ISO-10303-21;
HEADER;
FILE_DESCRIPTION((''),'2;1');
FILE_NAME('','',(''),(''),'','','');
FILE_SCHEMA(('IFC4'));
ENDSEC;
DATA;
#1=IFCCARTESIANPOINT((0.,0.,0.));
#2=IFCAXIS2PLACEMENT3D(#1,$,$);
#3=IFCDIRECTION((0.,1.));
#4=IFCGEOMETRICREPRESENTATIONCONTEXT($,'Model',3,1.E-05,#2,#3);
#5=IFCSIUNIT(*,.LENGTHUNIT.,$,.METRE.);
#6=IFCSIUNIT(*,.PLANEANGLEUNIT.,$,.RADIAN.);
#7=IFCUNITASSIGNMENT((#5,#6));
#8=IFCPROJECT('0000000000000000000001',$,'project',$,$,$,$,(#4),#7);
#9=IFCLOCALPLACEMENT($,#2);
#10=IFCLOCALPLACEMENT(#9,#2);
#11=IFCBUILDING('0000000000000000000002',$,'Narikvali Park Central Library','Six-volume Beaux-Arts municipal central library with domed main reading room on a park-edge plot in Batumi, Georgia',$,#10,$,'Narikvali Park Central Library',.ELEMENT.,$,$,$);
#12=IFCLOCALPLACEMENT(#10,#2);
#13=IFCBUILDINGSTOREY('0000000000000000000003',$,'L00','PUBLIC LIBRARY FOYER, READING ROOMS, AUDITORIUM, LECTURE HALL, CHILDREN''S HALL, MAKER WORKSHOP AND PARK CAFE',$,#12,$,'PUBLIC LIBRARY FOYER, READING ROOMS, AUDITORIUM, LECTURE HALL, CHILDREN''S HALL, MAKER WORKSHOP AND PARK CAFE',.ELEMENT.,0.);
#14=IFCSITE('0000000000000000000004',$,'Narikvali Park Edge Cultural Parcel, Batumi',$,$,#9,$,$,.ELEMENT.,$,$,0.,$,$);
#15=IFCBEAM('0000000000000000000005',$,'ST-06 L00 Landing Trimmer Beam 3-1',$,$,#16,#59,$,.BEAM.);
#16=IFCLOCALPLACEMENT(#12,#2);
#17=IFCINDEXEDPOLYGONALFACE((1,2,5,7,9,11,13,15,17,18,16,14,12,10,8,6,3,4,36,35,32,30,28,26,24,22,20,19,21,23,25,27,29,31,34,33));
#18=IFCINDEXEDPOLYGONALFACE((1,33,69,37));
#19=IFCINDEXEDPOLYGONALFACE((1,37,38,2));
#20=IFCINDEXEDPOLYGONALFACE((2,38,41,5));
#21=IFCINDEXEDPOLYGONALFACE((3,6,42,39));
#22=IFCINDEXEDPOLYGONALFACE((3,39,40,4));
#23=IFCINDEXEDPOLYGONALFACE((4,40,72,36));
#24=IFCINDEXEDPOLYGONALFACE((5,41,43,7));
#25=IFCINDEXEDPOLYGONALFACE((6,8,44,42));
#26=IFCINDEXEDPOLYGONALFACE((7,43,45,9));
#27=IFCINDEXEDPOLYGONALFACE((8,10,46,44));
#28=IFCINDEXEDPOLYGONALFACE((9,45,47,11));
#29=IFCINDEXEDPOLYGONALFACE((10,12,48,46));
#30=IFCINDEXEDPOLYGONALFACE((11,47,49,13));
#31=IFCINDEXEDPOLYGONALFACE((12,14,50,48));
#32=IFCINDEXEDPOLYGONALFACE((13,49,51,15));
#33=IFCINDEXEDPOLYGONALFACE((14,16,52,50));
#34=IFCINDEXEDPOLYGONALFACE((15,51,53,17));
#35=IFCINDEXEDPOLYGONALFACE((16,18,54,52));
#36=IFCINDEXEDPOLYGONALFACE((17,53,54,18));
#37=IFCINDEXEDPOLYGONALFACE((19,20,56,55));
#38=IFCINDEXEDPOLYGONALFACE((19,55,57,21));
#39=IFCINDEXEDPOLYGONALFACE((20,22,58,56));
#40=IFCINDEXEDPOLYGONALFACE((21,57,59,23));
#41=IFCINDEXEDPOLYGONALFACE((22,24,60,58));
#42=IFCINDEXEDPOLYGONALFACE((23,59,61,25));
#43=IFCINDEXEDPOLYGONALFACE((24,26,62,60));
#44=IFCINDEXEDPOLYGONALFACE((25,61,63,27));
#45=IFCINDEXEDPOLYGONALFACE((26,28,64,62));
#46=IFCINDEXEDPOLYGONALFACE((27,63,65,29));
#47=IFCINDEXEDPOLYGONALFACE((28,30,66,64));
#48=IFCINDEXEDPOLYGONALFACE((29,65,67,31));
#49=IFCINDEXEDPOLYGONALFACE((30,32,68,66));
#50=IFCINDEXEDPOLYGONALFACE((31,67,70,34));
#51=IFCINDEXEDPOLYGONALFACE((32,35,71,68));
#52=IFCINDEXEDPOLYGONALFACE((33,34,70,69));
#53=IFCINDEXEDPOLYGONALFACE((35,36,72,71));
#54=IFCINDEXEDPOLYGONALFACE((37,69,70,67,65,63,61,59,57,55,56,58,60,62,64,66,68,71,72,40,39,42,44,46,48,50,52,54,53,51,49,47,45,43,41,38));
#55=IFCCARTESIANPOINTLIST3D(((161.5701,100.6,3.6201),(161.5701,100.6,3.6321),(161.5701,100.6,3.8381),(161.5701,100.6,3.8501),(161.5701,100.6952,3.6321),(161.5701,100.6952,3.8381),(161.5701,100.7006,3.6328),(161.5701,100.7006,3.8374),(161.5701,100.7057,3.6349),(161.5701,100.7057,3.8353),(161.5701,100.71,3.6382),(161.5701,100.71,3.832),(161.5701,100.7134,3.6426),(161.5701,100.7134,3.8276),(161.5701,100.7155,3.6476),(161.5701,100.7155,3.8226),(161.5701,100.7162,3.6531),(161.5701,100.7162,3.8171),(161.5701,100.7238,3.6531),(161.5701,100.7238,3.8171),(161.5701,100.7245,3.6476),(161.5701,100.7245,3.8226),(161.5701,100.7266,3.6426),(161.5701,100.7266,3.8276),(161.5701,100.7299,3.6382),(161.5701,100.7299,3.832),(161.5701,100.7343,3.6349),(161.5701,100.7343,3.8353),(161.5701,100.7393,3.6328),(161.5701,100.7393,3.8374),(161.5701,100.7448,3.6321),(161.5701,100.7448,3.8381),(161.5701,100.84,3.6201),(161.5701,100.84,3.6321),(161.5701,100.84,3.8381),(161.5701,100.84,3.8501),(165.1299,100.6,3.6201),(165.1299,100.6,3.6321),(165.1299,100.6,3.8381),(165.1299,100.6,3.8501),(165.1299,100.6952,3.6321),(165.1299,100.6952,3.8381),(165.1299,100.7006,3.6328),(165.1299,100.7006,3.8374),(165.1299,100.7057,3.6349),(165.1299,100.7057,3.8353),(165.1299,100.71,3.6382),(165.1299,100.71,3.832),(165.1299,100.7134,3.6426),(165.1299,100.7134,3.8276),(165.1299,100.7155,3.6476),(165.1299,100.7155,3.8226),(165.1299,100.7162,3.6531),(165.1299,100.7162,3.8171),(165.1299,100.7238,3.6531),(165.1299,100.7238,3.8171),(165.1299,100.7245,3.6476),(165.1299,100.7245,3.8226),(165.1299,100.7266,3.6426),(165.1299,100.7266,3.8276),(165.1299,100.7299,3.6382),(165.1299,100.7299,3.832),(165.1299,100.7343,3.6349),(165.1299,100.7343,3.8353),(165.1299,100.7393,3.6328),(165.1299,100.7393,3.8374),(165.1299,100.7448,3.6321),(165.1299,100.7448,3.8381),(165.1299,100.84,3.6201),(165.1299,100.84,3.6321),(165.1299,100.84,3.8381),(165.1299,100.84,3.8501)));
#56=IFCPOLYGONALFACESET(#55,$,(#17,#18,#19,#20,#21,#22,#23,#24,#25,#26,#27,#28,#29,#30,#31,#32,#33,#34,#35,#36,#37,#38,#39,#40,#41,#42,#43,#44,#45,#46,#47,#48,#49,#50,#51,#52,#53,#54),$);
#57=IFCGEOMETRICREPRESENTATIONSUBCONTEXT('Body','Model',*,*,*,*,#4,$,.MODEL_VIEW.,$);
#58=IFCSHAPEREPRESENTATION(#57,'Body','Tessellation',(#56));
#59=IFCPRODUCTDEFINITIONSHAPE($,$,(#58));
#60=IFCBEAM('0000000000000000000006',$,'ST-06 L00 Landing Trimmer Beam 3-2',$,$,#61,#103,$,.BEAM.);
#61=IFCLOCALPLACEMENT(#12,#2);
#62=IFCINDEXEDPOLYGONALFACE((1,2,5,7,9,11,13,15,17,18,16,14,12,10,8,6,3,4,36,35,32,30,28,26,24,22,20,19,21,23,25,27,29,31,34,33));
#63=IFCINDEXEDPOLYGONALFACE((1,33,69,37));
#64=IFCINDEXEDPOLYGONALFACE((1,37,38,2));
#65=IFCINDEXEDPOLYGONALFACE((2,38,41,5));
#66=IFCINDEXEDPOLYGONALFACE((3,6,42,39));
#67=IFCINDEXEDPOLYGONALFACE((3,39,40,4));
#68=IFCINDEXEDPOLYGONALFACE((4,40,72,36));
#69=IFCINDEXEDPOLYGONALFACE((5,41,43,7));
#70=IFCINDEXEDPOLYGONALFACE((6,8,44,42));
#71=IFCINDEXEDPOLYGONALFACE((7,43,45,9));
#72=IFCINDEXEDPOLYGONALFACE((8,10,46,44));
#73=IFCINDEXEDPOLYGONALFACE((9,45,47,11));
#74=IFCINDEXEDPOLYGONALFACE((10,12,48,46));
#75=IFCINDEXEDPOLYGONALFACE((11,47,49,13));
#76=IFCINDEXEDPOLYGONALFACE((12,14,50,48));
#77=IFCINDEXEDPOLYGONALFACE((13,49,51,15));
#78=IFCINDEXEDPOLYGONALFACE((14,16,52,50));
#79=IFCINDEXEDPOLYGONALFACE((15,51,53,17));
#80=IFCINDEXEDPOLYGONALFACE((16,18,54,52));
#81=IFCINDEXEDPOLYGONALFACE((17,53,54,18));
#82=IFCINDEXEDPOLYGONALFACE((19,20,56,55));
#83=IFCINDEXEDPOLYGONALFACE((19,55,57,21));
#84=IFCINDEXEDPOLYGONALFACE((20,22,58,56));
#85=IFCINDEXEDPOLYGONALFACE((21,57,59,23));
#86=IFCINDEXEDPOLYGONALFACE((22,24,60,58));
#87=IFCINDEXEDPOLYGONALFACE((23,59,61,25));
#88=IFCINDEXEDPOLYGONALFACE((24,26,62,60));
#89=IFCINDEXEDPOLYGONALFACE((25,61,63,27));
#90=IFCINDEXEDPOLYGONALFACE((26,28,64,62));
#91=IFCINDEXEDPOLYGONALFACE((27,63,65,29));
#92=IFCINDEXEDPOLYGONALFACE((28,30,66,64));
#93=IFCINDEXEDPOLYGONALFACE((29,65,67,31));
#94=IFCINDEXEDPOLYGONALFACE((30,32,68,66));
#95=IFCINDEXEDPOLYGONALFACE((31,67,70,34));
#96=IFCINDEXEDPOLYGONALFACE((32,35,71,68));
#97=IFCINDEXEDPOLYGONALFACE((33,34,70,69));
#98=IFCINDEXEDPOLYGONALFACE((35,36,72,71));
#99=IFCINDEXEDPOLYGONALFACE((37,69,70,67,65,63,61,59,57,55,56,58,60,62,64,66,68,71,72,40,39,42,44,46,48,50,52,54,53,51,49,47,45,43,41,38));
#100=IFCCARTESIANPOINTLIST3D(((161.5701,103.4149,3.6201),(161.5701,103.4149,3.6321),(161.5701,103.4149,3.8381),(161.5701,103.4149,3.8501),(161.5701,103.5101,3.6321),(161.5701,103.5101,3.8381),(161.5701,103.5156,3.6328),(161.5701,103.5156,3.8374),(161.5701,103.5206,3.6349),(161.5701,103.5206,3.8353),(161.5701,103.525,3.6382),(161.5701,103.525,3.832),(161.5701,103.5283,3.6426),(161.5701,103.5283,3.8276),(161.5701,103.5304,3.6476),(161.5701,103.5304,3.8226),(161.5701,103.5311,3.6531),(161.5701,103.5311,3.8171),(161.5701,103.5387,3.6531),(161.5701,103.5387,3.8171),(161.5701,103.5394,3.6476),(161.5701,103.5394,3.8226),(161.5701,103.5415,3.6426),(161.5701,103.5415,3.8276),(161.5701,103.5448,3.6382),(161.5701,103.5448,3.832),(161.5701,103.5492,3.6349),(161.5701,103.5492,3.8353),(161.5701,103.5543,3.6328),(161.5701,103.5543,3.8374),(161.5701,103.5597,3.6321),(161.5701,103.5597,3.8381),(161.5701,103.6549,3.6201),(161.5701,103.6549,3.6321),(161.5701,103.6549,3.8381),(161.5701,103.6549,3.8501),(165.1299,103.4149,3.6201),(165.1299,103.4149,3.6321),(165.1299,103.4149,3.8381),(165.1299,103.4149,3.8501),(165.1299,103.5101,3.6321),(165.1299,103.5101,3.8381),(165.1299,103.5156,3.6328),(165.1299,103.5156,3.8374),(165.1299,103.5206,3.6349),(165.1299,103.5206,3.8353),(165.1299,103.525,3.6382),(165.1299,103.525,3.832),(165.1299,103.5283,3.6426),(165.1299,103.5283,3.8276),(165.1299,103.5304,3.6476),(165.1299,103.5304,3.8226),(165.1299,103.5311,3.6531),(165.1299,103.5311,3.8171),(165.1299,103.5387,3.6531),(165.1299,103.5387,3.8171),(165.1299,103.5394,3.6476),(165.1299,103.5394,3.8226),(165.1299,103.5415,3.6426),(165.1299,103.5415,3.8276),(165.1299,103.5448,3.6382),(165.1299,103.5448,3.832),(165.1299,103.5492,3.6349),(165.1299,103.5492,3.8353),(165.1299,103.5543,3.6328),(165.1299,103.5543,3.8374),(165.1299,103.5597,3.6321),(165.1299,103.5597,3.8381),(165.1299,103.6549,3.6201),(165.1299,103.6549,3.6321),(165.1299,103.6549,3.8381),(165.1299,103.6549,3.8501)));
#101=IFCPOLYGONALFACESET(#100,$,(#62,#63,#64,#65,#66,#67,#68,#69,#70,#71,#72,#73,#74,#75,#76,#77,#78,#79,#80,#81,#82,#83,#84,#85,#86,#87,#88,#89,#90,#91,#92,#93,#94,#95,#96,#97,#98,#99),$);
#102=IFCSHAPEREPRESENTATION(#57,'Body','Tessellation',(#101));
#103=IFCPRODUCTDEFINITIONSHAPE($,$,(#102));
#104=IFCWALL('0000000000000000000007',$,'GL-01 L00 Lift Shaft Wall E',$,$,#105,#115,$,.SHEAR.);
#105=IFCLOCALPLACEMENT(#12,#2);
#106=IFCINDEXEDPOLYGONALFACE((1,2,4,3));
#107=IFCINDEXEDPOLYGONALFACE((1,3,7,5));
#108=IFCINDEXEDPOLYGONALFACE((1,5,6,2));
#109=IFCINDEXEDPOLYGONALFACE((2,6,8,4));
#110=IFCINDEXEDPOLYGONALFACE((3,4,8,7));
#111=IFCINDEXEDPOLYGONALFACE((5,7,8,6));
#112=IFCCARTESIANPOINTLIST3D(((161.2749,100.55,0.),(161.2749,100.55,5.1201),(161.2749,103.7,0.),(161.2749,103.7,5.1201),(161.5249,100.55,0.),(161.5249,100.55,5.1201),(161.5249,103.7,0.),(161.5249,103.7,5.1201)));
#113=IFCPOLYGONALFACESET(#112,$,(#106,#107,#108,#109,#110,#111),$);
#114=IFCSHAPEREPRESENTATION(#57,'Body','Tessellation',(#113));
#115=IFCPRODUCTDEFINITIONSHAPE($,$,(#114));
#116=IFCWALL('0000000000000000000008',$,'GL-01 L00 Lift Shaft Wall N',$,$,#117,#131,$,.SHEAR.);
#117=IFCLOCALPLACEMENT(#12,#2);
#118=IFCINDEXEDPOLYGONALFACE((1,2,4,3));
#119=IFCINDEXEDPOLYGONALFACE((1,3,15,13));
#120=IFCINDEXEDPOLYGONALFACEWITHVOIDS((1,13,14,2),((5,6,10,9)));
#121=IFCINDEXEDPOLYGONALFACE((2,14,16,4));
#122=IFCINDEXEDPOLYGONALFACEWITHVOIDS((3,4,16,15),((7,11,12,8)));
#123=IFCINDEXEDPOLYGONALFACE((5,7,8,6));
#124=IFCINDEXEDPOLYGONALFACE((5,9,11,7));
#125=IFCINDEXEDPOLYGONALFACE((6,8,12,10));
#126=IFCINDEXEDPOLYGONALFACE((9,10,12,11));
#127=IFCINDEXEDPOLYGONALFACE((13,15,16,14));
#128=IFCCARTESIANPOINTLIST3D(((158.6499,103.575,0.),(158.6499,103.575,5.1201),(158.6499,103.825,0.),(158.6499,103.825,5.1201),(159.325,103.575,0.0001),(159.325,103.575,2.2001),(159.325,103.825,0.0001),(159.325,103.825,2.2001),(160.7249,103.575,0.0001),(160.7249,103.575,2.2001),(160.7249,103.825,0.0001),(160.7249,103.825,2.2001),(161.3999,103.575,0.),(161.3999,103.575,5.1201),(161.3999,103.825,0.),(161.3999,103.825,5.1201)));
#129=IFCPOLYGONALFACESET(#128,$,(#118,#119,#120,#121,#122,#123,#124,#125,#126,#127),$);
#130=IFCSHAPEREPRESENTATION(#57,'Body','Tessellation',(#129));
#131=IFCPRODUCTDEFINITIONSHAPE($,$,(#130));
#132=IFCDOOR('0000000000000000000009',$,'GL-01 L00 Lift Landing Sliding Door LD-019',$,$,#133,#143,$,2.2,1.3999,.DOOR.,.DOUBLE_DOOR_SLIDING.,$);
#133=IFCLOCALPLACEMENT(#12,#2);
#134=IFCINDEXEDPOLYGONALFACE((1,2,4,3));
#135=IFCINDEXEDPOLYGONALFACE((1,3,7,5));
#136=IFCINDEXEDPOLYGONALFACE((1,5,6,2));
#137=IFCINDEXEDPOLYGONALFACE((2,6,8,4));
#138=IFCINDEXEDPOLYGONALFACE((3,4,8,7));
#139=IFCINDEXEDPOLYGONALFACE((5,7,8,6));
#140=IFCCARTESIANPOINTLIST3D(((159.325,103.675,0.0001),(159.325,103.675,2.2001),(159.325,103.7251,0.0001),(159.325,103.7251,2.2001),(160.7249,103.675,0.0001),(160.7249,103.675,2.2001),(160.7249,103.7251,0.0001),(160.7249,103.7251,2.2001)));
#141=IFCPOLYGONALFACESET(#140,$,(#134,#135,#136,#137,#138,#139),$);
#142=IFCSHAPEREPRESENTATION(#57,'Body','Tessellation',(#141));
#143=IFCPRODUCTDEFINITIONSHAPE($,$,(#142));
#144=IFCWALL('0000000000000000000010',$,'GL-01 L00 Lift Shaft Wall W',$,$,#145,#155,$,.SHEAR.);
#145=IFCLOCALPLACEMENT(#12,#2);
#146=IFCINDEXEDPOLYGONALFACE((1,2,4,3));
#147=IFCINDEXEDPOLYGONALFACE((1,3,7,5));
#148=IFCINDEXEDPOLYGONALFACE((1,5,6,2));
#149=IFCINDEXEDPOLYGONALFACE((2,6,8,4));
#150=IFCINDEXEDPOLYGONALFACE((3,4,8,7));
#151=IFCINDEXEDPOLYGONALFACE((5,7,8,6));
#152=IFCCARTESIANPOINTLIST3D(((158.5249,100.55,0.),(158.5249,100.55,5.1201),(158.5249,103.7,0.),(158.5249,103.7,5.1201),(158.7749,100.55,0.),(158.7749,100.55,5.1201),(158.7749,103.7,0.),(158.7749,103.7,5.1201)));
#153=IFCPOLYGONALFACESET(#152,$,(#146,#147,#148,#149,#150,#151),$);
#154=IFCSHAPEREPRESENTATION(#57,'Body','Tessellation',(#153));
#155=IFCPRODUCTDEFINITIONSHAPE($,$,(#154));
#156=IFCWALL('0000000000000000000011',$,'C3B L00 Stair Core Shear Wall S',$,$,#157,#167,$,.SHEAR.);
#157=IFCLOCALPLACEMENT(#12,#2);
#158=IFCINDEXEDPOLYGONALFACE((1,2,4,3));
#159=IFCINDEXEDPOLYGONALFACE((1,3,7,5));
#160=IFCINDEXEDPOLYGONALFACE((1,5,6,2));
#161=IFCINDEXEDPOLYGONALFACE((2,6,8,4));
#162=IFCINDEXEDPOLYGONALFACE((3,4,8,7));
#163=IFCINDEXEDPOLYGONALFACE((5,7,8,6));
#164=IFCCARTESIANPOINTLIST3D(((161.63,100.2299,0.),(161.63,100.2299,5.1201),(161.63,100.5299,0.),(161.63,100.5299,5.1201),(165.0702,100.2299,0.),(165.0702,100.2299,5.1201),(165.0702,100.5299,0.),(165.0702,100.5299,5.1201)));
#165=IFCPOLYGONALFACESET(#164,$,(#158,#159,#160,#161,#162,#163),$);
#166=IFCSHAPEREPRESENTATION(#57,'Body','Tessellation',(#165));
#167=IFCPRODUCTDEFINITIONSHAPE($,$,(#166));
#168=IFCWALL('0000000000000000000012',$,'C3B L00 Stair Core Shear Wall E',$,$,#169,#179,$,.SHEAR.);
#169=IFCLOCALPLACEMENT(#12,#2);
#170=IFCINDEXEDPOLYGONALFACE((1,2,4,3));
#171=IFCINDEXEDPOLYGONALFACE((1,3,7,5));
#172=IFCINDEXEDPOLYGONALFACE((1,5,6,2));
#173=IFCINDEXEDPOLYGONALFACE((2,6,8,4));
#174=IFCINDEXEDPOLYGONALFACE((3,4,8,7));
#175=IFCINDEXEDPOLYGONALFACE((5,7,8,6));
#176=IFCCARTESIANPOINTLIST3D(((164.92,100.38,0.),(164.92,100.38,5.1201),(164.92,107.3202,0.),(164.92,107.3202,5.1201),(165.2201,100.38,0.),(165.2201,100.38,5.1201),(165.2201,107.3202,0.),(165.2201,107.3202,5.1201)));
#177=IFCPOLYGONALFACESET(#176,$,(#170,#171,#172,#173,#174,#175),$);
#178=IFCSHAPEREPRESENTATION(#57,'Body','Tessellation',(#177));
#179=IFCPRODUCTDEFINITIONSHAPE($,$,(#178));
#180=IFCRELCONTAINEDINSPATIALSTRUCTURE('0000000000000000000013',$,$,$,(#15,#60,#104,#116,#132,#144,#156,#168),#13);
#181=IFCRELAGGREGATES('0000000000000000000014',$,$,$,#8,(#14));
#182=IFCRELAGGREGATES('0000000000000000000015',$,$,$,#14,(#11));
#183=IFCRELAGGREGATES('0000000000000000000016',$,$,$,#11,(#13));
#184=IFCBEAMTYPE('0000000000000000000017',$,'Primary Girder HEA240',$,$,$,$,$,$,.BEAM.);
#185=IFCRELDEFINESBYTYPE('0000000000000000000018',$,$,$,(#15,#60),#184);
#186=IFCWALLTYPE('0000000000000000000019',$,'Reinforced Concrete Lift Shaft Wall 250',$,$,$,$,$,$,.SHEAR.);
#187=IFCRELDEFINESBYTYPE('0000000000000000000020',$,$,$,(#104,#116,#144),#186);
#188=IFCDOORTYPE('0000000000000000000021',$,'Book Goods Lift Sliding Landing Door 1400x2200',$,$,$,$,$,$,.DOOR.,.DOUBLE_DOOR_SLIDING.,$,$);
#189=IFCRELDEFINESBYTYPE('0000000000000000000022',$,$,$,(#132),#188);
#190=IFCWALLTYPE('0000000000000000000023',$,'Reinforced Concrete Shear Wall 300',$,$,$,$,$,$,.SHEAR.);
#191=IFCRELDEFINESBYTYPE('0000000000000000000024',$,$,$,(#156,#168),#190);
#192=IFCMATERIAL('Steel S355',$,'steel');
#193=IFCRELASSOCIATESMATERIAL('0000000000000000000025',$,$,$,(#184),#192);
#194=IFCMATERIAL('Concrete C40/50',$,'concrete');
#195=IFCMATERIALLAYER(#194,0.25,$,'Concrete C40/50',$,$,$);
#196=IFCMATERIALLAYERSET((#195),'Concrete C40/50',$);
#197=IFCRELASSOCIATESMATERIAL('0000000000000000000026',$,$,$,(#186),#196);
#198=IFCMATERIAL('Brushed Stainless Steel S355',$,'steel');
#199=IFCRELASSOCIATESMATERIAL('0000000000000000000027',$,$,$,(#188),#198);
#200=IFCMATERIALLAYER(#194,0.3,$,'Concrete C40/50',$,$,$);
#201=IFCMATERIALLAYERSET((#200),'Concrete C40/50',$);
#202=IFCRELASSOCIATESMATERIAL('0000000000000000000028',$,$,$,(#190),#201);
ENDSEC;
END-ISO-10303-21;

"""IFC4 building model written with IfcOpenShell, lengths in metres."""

from ifc_helpers import new_model, si_unit, direction, frame, frame_2d, origin, origin_2d, place, context, subcontext, project, spatial, rectangle, i_section, extrude, material, layer, layer_set, material_profile, profile_set, type_object, element, fill, save


model = new_model("IFC4")

# Units and contexts
model_context = context("Model", 3, precision=1e-05, world=origin(), true_north=direction((0.0, 1.0)))
body_context = subcontext(model_context, "Body", "Model", "MODEL_VIEW")
ifc_project = project(units=[si_unit("LENGTHUNIT", "METRE"), si_unit("PLANEANGLEUNIT", "RADIAN")], contexts=[model_context])

# Site, building, storey
site_placement = place(None, origin())
site = spatial("IfcSite", under=ifc_project, at=site_placement, Name="Narikvali Park Edge Cultural Parcel, Batumi", CompositionType="ELEMENT", RefElevation=0.0)
building_placement = place(site_placement, origin())
building = spatial("IfcBuilding", under=site, at=building_placement, Name="Narikvali Park Central Library", Description="Six-volume Beaux-Arts municipal central library with domed main reading room on a park-edge plot in Batumi, Georgia", LongName="Narikvali Park Central Library", CompositionType="ELEMENT")
storey_placement = place(building_placement, origin())
storey = spatial("IfcBuildingStorey", under=building, at=storey_placement, Name="L00", Description="PUBLIC LIBRARY FOYER, READING ROOMS, AUDITORIUM, LECTURE HALL, CHILDREN'S HALL, MAKER WORKSHOP AND PARK CAFE", LongName="PUBLIC LIBRARY FOYER, READING ROOMS, AUDITORIUM, LECTURE HALL, CHILDREN'S HALL, MAKER WORKSHOP AND PARK CAFE", CompositionType="ELEMENT", Elevation=0.0)

# Shared definitions
ifc_material_1 = material(Name="Steel S355", Category="steel")

# Beams
ifc_material_profile_1 = material_profile(ifc_material_1, i_section(OverallWidth=0.24, OverallDepth=0.23, WebThickness=0.0076, FlangeThickness=0.012, FilletRadius=0.021, at=origin_2d()), Name="HEA 240")
ifc_profile_set_1 = profile_set([ifc_material_profile_1], Name="Steel S355")
beam_type_1 = type_object("IfcBeamType", Name="Primary Girder HEA240", PredefinedType="BEAM", material=ifc_profile_set_1)
for number, where, z_axis, x_axis, name in (
    (1, (161.5701, 100.72, 3.7351), (1.0, 0.0, 0.0), (0.0, 1.0, 0.0), "ST-06 L00 Landing Trimmer Beam 3-1"),
    (2, (161.5701, 103.5349, 3.7351), (1.0, 0.0, 0.0), (0.0, 1.0, 0.0), "ST-06 L00 Landing Trimmer Beam 3-2"),
):
    element("IfcBeam", number, at=place(storey_placement, frame(where, z_axis=z_axis, x_axis=x_axis)), inside=storey, type_object=beam_type_1, Name=name, PredefinedType="BEAM", context=body_context, shape_type="SweptSolid", body=[
        extrude(i_section(OverallWidth=0.24, OverallDepth=0.23, WebThickness=0.0076, FlangeThickness=0.012, FilletRadius=0.021, at=origin_2d()), origin(), (0.0, 0.0, 1.0), 3.5598),
    ])

# Wall
ifc_material_2 = material(Name="Concrete C40/50", Category="concrete")
ifc_layer_1 = layer(ifc_material_2, 0.25, Name="Concrete C40/50")
ifc_layer_set_1 = layer_set([ifc_layer_1], Name="Concrete C40/50")
wall_type_1 = type_object("IfcWallType", Name="Reinforced Concrete Lift Shaft Wall 250", PredefinedType="SHEAR", material=ifc_layer_set_1)
wall_1_placement = place(storey_placement, frame((161.3999, 100.55, 0.0), z_axis=(0.0, 0.0, 1.0), x_axis=(0.0, 1.0, 0.0)))
element("IfcWall", 3, at=wall_1_placement, inside=storey, type_object=wall_type_1, Name="GL-01 L00 Lift Shaft Wall E", PredefinedType="SHEAR", context=body_context, shape_type="SweptSolid", body=[
    extrude(rectangle(XDim=3.1499, YDim=0.25, at=frame_2d((1.575, 0.0))), origin(), (0.0, 0.0, 1.0), 5.1201),
])

# Wall, opening, door
wall_2_placement = place(storey_placement, frame((161.3999, 103.7, 0.0), z_axis=(0.0, 0.0, 1.0), x_axis=(-1.0, 0.0, 0.0)))
wall_2 = element("IfcWall", 4, at=wall_2_placement, inside=storey, type_object=wall_type_1, Name="GL-01 L00 Lift Shaft Wall N", PredefinedType="SHEAR", context=body_context, shape_type="SweptSolid", body=[
    extrude(rectangle(XDim=2.75, YDim=0.25, at=frame_2d((1.375, 0.0))), origin(), (0.0, 0.0, 1.0), 5.1201),
])
opening_1_placement = place(wall_2_placement, frame((0.675, 0.0, 0.0)))
opening_1 = element("IfcOpeningElement", 5, at=opening_1_placement, cuts=wall_2, PredefinedType="OPENING", context=body_context, shape_type="SweptSolid", body=[
    extrude(rectangle(XDim=1.3999, YDim=2.2, at=frame_2d((0.7, 1.1001))), frame((0.0, 0.137, 0.0), z_axis=(0.0, -1.0, 0.0), x_axis=(1.0, 0.0, 0.0)), (0.0, 0.0, 1.0), 0.2739),
])
ifc_material_3 = material(Name="Brushed Stainless Steel S355", Category="steel")
door_type = type_object("IfcDoorType", Name="Book Goods Lift Sliding Landing Door 1400x2200", OperationType="DOUBLE_DOOR_SLIDING", PredefinedType="DOOR", material=ifc_material_3)
door_placement = place(opening_1_placement, origin())
door = element("IfcDoor", 6, at=door_placement, inside=storey, type_object=door_type, Name="GL-01 L00 Lift Landing Sliding Door LD-019", OperationType="DOUBLE_DOOR_SLIDING", OverallHeight=2.2, OverallWidth=1.3999, PredefinedType="DOOR", context=body_context, shape_type="SweptSolid", body=[
    extrude(rectangle(XDim=1.3999, YDim=2.2, at=frame_2d((0.7, 1.1001))), frame((0.0, 0.0249, 0.0), z_axis=(0.0, -1.0, 0.0), x_axis=(1.0, 0.0, 0.0)), (0.0, 0.0, 1.0), 0.05),
])
fill(opening_1, door)

# Walls
wall_3_placement = place(storey_placement, frame((158.6499, 103.7, 0.0), z_axis=(0.0, 0.0, 1.0), x_axis=(0.0, -1.0, 0.0)))
element("IfcWall", 7, at=wall_3_placement, inside=storey, type_object=wall_type_1, Name="GL-01 L00 Lift Shaft Wall W", PredefinedType="SHEAR", context=body_context, shape_type="SweptSolid", body=[
    extrude(rectangle(XDim=3.1499, YDim=0.25, at=frame_2d((1.575, 0.0))), origin(), (0.0, 0.0, 1.0), 5.1201),
])
ifc_layer_2 = layer(ifc_material_2, 0.3, Name="Concrete C40/50")
ifc_layer_set_2 = layer_set([ifc_layer_2], Name="Concrete C40/50")
wall_type_2 = type_object("IfcWallType", Name="Reinforced Concrete Shear Wall 300", PredefinedType="SHEAR", material=ifc_layer_set_2)
wall_4_placement = place(storey_placement, frame((161.6299, 100.3799, 0.0), z_axis=(0.0, 0.0, 1.0), x_axis=(1.0, 0.0, 0.0)))
element("IfcWall", 8, at=wall_4_placement, inside=storey, type_object=wall_type_2, Name="C3B L00 Stair Core Shear Wall S", PredefinedType="SHEAR", context=body_context, shape_type="SweptSolid", body=[
    extrude(rectangle(XDim=3.4402, YDim=0.3, at=frame_2d((1.7202, 0.0))), origin(), (0.0, 0.0, 1.0), 5.1201),
])
wall_5_placement = place(storey_placement, frame((165.0701, 100.3799, 0.0), z_axis=(0.0, 0.0, 1.0), x_axis=(0.0, 1.0, 0.0)))
element("IfcWall", 9, at=wall_5_placement, inside=storey, type_object=wall_type_2, Name="C3B L00 Stair Core Shear Wall E", PredefinedType="SHEAR", context=body_context, shape_type="SweptSolid", body=[
    extrude(rectangle(XDim=6.9402, YDim=0.3, at=frame_2d((3.4702, 0.0))), origin(), (0.0, 0.0, 1.0), 5.1201),
])

save(model, "model.ifc")
